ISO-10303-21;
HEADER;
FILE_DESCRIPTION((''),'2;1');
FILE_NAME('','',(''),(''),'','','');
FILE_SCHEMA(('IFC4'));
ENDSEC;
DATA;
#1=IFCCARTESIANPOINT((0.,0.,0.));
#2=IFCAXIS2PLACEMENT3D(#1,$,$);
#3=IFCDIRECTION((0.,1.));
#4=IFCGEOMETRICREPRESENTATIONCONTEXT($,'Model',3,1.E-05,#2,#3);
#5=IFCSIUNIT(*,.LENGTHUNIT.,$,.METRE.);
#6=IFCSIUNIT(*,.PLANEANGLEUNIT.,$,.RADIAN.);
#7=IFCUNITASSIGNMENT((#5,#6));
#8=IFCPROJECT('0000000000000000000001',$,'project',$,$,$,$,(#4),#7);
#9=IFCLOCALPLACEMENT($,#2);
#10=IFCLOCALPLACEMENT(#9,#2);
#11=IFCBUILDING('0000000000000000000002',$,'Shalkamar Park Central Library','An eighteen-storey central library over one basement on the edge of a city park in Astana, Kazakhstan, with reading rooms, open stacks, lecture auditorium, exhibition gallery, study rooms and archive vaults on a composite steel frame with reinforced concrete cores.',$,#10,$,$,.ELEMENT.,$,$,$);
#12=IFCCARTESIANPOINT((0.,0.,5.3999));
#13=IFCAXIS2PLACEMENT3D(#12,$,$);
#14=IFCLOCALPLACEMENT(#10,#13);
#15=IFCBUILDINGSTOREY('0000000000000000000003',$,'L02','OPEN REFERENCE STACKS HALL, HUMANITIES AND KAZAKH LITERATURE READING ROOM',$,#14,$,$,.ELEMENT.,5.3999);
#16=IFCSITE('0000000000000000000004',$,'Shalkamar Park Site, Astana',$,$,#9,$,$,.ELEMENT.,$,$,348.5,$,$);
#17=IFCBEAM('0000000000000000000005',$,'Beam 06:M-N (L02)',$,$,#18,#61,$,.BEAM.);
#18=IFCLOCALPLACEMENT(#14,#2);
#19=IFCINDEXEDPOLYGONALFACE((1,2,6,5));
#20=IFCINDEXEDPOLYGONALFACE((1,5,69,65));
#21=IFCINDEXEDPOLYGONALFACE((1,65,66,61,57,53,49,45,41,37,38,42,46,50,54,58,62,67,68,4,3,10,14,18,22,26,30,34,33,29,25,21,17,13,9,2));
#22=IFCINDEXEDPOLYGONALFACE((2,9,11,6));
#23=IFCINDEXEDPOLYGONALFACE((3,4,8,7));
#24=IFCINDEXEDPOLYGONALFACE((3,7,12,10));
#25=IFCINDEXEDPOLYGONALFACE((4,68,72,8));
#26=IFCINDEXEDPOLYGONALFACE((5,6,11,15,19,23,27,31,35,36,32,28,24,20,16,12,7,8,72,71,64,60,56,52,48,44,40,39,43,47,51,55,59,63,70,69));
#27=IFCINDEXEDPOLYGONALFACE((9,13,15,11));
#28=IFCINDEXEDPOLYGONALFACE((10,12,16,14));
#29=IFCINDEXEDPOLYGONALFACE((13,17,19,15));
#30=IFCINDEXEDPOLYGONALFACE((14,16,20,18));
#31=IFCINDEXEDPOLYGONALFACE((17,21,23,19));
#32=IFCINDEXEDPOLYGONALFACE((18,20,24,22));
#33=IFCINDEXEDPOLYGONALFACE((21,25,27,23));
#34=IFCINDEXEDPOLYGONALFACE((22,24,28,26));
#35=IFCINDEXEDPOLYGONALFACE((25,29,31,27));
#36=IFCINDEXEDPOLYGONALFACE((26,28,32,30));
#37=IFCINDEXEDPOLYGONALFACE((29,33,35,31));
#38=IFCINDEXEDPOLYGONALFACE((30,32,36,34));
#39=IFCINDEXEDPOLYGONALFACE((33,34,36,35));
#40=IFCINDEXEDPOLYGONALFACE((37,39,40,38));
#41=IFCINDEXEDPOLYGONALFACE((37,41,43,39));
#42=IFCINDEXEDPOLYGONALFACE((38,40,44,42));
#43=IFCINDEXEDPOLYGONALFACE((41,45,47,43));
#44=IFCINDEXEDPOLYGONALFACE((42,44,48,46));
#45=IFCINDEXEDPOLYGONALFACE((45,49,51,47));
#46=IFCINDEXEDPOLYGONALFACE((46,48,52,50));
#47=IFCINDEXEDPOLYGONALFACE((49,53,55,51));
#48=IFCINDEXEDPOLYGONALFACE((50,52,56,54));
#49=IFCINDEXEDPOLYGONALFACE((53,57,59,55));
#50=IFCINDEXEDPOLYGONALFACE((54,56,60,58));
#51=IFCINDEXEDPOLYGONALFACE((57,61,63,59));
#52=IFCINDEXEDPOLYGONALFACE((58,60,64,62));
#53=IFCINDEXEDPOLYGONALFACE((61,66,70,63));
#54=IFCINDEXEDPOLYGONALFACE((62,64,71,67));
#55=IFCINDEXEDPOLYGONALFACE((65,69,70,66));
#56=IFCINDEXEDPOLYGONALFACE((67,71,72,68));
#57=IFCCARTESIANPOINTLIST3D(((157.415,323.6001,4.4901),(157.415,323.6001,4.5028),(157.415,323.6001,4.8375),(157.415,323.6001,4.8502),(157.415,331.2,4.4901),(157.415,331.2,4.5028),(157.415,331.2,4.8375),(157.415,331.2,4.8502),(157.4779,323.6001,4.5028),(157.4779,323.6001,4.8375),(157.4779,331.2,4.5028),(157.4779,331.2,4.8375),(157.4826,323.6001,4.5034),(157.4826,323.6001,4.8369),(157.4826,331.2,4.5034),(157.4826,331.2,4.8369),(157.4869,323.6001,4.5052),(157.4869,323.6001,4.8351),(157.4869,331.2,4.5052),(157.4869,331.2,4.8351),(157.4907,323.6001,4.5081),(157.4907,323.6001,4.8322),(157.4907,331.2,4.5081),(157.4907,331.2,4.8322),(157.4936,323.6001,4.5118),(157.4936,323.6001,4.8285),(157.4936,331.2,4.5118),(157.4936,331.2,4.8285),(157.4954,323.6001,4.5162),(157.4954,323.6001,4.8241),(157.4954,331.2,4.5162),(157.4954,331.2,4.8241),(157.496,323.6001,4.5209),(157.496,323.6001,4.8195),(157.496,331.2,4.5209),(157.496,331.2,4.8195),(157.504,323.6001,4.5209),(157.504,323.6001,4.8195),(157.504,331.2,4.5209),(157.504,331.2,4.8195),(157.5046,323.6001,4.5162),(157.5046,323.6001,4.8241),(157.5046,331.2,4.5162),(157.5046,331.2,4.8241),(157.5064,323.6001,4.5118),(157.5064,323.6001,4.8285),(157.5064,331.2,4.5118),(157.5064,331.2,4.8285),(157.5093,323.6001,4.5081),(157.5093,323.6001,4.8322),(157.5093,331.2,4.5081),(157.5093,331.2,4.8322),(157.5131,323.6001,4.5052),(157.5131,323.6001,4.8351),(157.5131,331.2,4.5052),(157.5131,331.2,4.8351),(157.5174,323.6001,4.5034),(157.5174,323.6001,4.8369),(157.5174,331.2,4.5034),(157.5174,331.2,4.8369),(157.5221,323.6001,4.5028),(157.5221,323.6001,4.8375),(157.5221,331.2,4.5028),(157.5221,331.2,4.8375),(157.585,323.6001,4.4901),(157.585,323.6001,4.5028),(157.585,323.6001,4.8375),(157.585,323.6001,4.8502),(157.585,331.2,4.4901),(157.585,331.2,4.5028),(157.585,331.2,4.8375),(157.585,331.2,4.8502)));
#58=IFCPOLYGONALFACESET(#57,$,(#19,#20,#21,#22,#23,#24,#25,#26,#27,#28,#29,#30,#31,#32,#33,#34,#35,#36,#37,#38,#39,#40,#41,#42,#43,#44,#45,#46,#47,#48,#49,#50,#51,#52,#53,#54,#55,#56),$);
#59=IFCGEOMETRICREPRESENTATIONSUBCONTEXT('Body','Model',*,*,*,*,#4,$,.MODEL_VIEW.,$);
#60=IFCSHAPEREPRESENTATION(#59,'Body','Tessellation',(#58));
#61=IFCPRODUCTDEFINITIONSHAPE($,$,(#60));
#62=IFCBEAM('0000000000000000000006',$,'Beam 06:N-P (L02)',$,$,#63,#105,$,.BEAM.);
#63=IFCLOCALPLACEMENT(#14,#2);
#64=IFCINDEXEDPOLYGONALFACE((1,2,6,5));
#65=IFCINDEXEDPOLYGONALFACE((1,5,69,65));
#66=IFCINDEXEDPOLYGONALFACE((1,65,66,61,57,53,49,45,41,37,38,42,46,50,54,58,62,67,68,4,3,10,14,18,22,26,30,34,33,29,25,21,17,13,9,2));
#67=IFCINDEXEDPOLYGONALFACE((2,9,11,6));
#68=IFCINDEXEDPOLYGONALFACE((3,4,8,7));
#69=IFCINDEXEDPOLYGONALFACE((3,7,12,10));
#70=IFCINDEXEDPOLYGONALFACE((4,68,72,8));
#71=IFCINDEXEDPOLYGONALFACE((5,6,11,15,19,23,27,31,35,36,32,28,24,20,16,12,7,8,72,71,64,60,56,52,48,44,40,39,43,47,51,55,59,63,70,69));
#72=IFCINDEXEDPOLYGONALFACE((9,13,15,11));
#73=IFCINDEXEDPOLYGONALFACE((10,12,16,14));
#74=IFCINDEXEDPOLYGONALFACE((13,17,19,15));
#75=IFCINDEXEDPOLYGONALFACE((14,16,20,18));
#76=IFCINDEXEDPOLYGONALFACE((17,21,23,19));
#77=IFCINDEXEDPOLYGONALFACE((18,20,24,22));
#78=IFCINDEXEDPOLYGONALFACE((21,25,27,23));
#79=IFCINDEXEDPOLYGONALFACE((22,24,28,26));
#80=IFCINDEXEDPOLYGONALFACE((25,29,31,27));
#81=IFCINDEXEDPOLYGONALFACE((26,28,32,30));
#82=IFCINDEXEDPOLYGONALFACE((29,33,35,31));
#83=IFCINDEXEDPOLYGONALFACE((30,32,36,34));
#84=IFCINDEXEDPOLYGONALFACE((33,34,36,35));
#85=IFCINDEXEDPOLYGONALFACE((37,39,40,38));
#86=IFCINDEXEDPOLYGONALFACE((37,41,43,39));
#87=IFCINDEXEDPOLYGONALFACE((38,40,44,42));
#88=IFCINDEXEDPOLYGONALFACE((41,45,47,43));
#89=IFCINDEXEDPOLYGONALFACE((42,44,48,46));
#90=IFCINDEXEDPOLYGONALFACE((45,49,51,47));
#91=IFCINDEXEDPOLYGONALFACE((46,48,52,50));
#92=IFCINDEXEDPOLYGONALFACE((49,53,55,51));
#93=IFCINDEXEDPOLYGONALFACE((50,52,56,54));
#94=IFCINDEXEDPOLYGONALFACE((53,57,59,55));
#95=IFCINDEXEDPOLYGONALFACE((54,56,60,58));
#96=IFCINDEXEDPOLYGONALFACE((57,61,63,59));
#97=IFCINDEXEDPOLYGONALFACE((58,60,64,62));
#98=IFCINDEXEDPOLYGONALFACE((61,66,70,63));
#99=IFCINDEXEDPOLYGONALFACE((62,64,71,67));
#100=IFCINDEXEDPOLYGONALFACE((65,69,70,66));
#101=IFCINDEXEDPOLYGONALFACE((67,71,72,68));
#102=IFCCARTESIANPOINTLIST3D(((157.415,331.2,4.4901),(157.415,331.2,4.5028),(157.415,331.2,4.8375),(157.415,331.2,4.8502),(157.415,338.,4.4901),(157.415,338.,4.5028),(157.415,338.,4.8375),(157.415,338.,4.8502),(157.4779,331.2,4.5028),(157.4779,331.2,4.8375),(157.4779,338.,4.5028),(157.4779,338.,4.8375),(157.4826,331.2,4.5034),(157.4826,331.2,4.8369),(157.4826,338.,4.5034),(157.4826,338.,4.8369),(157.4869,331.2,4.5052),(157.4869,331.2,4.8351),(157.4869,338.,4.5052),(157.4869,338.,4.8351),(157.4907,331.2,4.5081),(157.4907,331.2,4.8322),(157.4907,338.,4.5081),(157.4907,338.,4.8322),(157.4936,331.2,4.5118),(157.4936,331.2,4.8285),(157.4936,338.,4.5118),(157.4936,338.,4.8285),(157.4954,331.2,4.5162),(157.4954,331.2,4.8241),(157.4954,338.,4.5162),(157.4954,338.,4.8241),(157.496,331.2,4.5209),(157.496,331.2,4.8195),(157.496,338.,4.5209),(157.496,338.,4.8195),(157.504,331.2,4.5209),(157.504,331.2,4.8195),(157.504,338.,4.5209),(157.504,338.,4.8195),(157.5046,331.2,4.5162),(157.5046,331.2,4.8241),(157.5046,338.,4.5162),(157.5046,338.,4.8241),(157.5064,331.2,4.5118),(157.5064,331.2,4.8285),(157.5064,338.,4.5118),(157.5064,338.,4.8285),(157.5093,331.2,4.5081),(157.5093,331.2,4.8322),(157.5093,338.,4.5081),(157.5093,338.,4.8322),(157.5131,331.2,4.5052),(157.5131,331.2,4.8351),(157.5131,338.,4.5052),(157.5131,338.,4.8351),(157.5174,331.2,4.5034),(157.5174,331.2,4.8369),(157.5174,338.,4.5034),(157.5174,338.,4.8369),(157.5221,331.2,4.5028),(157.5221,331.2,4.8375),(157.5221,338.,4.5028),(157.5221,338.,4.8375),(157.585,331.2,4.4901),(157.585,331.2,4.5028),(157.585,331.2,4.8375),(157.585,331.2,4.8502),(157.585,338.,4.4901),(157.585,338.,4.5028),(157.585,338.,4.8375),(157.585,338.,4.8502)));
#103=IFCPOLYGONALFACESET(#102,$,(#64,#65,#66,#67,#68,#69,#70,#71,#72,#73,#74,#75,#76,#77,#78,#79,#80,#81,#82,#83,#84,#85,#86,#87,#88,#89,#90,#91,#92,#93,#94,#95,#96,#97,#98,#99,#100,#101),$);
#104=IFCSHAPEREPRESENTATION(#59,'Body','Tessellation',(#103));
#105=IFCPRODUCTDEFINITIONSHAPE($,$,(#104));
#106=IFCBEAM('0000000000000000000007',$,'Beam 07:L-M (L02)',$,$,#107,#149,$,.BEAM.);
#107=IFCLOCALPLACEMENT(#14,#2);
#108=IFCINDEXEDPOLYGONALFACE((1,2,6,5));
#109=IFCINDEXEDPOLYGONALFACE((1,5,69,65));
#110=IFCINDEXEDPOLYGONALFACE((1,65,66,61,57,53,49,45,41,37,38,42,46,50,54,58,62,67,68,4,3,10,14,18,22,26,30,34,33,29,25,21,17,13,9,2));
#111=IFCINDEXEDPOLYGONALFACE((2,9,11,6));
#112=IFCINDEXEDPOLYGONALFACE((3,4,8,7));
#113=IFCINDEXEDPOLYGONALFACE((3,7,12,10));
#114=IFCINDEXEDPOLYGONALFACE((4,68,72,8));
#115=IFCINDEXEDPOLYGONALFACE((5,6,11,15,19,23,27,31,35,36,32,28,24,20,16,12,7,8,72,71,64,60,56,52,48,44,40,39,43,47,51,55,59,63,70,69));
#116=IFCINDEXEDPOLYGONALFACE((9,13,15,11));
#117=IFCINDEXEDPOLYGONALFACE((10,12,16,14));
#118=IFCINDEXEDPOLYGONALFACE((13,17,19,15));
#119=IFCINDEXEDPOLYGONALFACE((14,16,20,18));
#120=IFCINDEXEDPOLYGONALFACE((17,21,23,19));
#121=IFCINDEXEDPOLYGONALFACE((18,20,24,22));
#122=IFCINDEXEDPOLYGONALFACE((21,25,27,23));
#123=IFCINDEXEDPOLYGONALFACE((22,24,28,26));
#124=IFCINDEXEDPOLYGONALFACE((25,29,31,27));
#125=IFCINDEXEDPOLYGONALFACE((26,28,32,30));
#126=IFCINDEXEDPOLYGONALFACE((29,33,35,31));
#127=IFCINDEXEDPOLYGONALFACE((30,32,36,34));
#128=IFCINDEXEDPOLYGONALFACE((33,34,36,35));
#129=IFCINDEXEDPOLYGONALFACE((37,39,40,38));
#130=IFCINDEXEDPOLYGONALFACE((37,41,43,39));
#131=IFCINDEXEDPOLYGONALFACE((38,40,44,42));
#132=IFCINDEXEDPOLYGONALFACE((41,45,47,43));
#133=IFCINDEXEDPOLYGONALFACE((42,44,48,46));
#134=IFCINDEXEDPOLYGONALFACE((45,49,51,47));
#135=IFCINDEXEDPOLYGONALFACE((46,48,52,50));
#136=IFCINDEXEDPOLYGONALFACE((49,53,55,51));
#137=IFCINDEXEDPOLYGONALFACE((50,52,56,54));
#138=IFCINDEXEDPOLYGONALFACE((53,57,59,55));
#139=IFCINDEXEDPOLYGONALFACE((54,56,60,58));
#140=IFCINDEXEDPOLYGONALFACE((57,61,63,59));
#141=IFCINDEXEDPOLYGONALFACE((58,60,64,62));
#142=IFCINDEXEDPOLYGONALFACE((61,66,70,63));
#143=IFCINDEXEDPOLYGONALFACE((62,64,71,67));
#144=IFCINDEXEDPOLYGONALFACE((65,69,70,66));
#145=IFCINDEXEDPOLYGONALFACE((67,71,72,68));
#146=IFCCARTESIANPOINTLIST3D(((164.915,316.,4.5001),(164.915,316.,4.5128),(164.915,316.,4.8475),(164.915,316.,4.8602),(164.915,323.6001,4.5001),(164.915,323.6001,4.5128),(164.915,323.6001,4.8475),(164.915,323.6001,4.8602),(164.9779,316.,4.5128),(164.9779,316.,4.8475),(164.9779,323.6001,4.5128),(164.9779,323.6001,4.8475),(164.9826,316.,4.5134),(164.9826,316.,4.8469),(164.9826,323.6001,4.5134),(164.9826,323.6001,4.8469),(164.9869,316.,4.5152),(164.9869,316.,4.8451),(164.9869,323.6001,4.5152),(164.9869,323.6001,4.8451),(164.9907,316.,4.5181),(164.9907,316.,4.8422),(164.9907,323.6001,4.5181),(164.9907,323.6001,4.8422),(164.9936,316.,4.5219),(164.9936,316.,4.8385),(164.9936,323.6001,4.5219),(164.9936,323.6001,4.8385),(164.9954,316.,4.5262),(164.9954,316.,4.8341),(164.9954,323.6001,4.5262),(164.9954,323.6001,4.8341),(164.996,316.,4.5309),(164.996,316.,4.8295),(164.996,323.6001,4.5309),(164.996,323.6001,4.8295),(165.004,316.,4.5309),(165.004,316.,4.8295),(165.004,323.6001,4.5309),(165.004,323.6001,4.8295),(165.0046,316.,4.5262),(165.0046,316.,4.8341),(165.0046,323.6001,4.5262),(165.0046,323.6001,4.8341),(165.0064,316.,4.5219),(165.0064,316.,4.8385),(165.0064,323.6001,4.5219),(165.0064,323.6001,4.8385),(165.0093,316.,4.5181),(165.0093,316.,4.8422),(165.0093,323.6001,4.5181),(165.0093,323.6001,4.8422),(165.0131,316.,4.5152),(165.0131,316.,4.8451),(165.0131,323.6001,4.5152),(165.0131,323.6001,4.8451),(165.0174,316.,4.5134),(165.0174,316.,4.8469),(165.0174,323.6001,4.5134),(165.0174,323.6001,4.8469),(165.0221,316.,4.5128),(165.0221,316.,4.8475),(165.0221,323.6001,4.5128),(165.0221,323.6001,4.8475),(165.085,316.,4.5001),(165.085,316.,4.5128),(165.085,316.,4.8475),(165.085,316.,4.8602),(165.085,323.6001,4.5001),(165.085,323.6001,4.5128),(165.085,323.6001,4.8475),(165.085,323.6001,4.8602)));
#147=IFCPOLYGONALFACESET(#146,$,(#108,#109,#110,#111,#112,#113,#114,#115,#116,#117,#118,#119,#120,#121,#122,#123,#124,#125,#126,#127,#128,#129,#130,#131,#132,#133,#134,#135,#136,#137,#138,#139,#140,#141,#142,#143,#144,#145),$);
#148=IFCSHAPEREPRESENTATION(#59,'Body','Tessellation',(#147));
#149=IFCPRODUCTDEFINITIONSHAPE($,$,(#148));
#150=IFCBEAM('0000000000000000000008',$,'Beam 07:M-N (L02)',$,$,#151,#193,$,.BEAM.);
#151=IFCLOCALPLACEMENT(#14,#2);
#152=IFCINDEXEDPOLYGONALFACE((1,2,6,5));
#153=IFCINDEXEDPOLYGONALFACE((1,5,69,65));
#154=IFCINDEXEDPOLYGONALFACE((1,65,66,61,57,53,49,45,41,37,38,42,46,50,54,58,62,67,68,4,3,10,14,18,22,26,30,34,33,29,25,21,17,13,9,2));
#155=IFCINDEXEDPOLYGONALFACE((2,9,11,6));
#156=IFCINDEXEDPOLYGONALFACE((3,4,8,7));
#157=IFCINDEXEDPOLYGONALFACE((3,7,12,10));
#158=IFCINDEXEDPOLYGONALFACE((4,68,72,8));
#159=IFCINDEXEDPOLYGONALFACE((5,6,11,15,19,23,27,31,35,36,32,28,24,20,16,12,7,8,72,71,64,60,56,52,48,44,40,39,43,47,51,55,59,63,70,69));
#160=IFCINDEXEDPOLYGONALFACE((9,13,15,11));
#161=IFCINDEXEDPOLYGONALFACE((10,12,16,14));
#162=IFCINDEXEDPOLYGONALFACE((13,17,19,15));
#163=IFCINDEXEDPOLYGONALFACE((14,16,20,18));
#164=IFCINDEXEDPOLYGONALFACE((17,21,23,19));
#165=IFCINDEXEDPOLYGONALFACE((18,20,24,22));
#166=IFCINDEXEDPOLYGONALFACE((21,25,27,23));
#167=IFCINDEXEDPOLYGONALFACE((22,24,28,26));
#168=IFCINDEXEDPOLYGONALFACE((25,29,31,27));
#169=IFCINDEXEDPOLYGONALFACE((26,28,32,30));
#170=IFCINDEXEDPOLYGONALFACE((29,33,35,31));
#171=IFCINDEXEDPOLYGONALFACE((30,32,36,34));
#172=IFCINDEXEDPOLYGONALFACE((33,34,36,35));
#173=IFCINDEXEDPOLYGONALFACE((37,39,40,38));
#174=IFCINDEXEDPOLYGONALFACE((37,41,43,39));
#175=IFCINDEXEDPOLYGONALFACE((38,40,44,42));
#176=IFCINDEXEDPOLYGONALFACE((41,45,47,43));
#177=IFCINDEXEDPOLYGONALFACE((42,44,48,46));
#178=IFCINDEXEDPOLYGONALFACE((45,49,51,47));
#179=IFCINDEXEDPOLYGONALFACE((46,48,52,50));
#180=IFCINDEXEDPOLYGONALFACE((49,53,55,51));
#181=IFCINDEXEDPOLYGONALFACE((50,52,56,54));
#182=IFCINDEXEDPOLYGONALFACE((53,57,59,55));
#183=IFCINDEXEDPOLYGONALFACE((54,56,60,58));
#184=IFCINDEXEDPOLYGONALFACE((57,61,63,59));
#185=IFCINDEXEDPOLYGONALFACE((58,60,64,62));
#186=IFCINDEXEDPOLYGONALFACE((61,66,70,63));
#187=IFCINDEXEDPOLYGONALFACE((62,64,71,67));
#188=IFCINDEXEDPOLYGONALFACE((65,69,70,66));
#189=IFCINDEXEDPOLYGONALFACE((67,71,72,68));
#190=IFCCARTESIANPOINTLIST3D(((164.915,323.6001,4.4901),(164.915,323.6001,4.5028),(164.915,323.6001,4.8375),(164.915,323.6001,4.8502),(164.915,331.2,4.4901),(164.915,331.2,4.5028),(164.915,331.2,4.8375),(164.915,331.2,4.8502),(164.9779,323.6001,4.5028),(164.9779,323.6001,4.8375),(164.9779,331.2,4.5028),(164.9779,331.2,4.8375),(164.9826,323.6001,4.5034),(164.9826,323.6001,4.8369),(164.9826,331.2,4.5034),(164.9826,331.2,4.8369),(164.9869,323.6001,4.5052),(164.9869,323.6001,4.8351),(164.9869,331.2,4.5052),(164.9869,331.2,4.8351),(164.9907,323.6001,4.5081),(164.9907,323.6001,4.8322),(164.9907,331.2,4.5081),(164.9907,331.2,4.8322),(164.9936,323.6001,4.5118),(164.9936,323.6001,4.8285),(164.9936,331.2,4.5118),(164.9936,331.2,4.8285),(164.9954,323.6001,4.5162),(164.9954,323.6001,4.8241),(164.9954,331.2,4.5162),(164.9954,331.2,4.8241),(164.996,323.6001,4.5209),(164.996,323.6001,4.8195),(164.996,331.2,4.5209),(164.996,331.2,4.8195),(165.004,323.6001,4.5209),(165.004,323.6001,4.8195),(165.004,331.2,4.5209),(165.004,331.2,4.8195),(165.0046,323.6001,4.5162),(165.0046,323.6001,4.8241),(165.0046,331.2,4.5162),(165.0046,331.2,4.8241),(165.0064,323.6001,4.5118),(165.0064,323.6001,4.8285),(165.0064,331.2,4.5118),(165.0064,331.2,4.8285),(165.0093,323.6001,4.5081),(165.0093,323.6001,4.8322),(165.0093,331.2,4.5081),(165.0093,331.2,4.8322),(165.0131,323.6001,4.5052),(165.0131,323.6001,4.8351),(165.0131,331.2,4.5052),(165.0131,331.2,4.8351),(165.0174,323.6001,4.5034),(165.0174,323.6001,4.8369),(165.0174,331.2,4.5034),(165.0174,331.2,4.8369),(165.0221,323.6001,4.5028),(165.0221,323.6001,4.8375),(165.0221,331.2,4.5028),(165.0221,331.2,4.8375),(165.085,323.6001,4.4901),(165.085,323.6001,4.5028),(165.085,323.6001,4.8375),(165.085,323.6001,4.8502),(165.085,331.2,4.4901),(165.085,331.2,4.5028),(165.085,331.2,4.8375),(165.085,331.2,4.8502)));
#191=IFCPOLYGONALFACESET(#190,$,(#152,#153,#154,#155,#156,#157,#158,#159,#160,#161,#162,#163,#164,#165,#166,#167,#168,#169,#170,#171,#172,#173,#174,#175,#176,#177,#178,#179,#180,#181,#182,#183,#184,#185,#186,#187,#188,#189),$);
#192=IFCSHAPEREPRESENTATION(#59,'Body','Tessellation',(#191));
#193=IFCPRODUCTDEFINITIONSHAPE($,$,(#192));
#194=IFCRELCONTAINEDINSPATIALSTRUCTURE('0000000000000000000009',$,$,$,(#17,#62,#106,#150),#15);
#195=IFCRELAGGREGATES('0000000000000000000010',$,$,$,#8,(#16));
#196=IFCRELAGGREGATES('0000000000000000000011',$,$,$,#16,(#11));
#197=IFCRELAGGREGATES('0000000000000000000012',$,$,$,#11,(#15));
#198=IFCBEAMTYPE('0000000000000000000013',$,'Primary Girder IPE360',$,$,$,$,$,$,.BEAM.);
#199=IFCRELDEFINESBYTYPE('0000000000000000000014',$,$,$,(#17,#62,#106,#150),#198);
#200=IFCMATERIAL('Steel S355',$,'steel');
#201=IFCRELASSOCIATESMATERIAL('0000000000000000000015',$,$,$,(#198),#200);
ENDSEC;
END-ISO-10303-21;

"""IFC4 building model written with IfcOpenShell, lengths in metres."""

from ifc_helpers import new_model, si_unit, direction, frame, origin, origin_2d, place, context, subcontext, project, spatial, i_section, extrude, material, material_profile, profile_set, type_object, element, save


model = new_model("IFC4")

# Units and contexts
model_context = context("Model", 3, precision=1e-05, world=origin(), true_north=direction((0.0, 1.0)))
body_context = subcontext(model_context, "Body", "Model", "MODEL_VIEW")
ifc_project = project(units=[si_unit("LENGTHUNIT", "METRE"), si_unit("PLANEANGLEUNIT", "RADIAN")], contexts=[model_context])

# Site, building, storey
site_placement = place(None, origin())
site = spatial("IfcSite", under=ifc_project, at=site_placement, Name="Shalkamar Park Site, Astana", CompositionType="ELEMENT", RefElevation=348.5)
building_placement = place(site_placement, origin())
building = spatial("IfcBuilding", under=site, at=building_placement, Name="Shalkamar Park Central Library", Description="An eighteen-storey central library over one basement on the edge of a city park in Astana, Kazakhstan, with reading rooms, open stacks, lecture auditorium, exhibition gallery, study rooms and archive vaults on a composite steel frame with reinforced concrete cores.", CompositionType="ELEMENT")
storey_placement = place(building_placement, frame((0.0, 0.0, 5.3999)))
storey = spatial("IfcBuildingStorey", under=building, at=storey_placement, Name="L02", Description="OPEN REFERENCE STACKS HALL, HUMANITIES AND KAZAKH LITERATURE READING ROOM", CompositionType="ELEMENT", Elevation=5.3999)

# Shared definitions
ifc_material = material(Name="Steel S355", Category="steel")

# Beams
ifc_material_profile_1 = material_profile(ifc_material, i_section(OverallWidth=0.1699, OverallDepth=0.3601, WebThickness=0.0081, FlangeThickness=0.0127, FilletRadius=0.0181, at=origin_2d()), Name="IPE 360")
ifc_profile_set_1 = profile_set([ifc_material_profile_1], Name="Steel S355")
beam_type_1 = type_object("IfcBeamType", Name="Primary Girder IPE360", PredefinedType="BEAM", material=ifc_profile_set_1)
beam_1_placement = place(storey_placement, frame((157.5, 323.6001, 4.6702), z_axis=(0.0, 1.0, 0.0), x_axis=(-1.0, 0.0, 0.0)))
element("IfcBeam", 1, at=beam_1_placement, inside=storey, type_object=beam_type_1, Name="Beam 06:M-N (L02)", PredefinedType="BEAM", context=body_context, shape_type="SweptSolid", body=[
    extrude(i_section(OverallWidth=0.1699, OverallDepth=0.3601, WebThickness=0.0081, FlangeThickness=0.0127, FilletRadius=0.0181, at=origin_2d()), origin(), (0.0, 0.0, 1.0), 7.5999),
])
beam_2_placement = place(storey_placement, frame((157.5, 331.2, 4.6702), z_axis=(0.0, 1.0, 0.0), x_axis=(-1.0, 0.0, 0.0)))
element("IfcBeam", 2, at=beam_2_placement, inside=storey, type_object=beam_type_1, Name="Beam 06:N-P (L02)", PredefinedType="BEAM", context=body_context, shape_type="SweptSolid", body=[
    extrude(i_section(OverallWidth=0.1699, OverallDepth=0.3601, WebThickness=0.0081, FlangeThickness=0.0127, FilletRadius=0.0181, at=origin_2d()), origin(), (0.0, 0.0, 1.0), 6.8),
])
beam_3_placement = place(storey_placement, frame((165.0, 316.0, 4.6802), z_axis=(0.0, 1.0, 0.0), x_axis=(-1.0, 0.0, 0.0)))
element("IfcBeam", 3, at=beam_3_placement, inside=storey, type_object=beam_type_1, Name="Beam 07:L-M (L02)", PredefinedType="BEAM", context=body_context, shape_type="SweptSolid", body=[
    extrude(i_section(OverallWidth=0.1699, OverallDepth=0.3601, WebThickness=0.0081, FlangeThickness=0.0127, FilletRadius=0.0181, at=origin_2d()), origin(), (0.0, 0.0, 1.0), 7.6001),
])
beam_4_placement = place(storey_placement, frame((165.0, 323.6001, 4.6702), z_axis=(0.0, 1.0, 0.0), x_axis=(-1.0, 0.0, 0.0)))
element("IfcBeam", 4, at=beam_4_placement, inside=storey, type_object=beam_type_1, Name="Beam 07:M-N (L02)", PredefinedType="BEAM", context=body_context, shape_type="SweptSolid", body=[
    extrude(i_section(OverallWidth=0.1699, OverallDepth=0.3601, WebThickness=0.0081, FlangeThickness=0.0127, FilletRadius=0.0181, at=origin_2d()), origin(), (0.0, 0.0, 1.0), 7.5999),
])

save(model, "model.ifc")
